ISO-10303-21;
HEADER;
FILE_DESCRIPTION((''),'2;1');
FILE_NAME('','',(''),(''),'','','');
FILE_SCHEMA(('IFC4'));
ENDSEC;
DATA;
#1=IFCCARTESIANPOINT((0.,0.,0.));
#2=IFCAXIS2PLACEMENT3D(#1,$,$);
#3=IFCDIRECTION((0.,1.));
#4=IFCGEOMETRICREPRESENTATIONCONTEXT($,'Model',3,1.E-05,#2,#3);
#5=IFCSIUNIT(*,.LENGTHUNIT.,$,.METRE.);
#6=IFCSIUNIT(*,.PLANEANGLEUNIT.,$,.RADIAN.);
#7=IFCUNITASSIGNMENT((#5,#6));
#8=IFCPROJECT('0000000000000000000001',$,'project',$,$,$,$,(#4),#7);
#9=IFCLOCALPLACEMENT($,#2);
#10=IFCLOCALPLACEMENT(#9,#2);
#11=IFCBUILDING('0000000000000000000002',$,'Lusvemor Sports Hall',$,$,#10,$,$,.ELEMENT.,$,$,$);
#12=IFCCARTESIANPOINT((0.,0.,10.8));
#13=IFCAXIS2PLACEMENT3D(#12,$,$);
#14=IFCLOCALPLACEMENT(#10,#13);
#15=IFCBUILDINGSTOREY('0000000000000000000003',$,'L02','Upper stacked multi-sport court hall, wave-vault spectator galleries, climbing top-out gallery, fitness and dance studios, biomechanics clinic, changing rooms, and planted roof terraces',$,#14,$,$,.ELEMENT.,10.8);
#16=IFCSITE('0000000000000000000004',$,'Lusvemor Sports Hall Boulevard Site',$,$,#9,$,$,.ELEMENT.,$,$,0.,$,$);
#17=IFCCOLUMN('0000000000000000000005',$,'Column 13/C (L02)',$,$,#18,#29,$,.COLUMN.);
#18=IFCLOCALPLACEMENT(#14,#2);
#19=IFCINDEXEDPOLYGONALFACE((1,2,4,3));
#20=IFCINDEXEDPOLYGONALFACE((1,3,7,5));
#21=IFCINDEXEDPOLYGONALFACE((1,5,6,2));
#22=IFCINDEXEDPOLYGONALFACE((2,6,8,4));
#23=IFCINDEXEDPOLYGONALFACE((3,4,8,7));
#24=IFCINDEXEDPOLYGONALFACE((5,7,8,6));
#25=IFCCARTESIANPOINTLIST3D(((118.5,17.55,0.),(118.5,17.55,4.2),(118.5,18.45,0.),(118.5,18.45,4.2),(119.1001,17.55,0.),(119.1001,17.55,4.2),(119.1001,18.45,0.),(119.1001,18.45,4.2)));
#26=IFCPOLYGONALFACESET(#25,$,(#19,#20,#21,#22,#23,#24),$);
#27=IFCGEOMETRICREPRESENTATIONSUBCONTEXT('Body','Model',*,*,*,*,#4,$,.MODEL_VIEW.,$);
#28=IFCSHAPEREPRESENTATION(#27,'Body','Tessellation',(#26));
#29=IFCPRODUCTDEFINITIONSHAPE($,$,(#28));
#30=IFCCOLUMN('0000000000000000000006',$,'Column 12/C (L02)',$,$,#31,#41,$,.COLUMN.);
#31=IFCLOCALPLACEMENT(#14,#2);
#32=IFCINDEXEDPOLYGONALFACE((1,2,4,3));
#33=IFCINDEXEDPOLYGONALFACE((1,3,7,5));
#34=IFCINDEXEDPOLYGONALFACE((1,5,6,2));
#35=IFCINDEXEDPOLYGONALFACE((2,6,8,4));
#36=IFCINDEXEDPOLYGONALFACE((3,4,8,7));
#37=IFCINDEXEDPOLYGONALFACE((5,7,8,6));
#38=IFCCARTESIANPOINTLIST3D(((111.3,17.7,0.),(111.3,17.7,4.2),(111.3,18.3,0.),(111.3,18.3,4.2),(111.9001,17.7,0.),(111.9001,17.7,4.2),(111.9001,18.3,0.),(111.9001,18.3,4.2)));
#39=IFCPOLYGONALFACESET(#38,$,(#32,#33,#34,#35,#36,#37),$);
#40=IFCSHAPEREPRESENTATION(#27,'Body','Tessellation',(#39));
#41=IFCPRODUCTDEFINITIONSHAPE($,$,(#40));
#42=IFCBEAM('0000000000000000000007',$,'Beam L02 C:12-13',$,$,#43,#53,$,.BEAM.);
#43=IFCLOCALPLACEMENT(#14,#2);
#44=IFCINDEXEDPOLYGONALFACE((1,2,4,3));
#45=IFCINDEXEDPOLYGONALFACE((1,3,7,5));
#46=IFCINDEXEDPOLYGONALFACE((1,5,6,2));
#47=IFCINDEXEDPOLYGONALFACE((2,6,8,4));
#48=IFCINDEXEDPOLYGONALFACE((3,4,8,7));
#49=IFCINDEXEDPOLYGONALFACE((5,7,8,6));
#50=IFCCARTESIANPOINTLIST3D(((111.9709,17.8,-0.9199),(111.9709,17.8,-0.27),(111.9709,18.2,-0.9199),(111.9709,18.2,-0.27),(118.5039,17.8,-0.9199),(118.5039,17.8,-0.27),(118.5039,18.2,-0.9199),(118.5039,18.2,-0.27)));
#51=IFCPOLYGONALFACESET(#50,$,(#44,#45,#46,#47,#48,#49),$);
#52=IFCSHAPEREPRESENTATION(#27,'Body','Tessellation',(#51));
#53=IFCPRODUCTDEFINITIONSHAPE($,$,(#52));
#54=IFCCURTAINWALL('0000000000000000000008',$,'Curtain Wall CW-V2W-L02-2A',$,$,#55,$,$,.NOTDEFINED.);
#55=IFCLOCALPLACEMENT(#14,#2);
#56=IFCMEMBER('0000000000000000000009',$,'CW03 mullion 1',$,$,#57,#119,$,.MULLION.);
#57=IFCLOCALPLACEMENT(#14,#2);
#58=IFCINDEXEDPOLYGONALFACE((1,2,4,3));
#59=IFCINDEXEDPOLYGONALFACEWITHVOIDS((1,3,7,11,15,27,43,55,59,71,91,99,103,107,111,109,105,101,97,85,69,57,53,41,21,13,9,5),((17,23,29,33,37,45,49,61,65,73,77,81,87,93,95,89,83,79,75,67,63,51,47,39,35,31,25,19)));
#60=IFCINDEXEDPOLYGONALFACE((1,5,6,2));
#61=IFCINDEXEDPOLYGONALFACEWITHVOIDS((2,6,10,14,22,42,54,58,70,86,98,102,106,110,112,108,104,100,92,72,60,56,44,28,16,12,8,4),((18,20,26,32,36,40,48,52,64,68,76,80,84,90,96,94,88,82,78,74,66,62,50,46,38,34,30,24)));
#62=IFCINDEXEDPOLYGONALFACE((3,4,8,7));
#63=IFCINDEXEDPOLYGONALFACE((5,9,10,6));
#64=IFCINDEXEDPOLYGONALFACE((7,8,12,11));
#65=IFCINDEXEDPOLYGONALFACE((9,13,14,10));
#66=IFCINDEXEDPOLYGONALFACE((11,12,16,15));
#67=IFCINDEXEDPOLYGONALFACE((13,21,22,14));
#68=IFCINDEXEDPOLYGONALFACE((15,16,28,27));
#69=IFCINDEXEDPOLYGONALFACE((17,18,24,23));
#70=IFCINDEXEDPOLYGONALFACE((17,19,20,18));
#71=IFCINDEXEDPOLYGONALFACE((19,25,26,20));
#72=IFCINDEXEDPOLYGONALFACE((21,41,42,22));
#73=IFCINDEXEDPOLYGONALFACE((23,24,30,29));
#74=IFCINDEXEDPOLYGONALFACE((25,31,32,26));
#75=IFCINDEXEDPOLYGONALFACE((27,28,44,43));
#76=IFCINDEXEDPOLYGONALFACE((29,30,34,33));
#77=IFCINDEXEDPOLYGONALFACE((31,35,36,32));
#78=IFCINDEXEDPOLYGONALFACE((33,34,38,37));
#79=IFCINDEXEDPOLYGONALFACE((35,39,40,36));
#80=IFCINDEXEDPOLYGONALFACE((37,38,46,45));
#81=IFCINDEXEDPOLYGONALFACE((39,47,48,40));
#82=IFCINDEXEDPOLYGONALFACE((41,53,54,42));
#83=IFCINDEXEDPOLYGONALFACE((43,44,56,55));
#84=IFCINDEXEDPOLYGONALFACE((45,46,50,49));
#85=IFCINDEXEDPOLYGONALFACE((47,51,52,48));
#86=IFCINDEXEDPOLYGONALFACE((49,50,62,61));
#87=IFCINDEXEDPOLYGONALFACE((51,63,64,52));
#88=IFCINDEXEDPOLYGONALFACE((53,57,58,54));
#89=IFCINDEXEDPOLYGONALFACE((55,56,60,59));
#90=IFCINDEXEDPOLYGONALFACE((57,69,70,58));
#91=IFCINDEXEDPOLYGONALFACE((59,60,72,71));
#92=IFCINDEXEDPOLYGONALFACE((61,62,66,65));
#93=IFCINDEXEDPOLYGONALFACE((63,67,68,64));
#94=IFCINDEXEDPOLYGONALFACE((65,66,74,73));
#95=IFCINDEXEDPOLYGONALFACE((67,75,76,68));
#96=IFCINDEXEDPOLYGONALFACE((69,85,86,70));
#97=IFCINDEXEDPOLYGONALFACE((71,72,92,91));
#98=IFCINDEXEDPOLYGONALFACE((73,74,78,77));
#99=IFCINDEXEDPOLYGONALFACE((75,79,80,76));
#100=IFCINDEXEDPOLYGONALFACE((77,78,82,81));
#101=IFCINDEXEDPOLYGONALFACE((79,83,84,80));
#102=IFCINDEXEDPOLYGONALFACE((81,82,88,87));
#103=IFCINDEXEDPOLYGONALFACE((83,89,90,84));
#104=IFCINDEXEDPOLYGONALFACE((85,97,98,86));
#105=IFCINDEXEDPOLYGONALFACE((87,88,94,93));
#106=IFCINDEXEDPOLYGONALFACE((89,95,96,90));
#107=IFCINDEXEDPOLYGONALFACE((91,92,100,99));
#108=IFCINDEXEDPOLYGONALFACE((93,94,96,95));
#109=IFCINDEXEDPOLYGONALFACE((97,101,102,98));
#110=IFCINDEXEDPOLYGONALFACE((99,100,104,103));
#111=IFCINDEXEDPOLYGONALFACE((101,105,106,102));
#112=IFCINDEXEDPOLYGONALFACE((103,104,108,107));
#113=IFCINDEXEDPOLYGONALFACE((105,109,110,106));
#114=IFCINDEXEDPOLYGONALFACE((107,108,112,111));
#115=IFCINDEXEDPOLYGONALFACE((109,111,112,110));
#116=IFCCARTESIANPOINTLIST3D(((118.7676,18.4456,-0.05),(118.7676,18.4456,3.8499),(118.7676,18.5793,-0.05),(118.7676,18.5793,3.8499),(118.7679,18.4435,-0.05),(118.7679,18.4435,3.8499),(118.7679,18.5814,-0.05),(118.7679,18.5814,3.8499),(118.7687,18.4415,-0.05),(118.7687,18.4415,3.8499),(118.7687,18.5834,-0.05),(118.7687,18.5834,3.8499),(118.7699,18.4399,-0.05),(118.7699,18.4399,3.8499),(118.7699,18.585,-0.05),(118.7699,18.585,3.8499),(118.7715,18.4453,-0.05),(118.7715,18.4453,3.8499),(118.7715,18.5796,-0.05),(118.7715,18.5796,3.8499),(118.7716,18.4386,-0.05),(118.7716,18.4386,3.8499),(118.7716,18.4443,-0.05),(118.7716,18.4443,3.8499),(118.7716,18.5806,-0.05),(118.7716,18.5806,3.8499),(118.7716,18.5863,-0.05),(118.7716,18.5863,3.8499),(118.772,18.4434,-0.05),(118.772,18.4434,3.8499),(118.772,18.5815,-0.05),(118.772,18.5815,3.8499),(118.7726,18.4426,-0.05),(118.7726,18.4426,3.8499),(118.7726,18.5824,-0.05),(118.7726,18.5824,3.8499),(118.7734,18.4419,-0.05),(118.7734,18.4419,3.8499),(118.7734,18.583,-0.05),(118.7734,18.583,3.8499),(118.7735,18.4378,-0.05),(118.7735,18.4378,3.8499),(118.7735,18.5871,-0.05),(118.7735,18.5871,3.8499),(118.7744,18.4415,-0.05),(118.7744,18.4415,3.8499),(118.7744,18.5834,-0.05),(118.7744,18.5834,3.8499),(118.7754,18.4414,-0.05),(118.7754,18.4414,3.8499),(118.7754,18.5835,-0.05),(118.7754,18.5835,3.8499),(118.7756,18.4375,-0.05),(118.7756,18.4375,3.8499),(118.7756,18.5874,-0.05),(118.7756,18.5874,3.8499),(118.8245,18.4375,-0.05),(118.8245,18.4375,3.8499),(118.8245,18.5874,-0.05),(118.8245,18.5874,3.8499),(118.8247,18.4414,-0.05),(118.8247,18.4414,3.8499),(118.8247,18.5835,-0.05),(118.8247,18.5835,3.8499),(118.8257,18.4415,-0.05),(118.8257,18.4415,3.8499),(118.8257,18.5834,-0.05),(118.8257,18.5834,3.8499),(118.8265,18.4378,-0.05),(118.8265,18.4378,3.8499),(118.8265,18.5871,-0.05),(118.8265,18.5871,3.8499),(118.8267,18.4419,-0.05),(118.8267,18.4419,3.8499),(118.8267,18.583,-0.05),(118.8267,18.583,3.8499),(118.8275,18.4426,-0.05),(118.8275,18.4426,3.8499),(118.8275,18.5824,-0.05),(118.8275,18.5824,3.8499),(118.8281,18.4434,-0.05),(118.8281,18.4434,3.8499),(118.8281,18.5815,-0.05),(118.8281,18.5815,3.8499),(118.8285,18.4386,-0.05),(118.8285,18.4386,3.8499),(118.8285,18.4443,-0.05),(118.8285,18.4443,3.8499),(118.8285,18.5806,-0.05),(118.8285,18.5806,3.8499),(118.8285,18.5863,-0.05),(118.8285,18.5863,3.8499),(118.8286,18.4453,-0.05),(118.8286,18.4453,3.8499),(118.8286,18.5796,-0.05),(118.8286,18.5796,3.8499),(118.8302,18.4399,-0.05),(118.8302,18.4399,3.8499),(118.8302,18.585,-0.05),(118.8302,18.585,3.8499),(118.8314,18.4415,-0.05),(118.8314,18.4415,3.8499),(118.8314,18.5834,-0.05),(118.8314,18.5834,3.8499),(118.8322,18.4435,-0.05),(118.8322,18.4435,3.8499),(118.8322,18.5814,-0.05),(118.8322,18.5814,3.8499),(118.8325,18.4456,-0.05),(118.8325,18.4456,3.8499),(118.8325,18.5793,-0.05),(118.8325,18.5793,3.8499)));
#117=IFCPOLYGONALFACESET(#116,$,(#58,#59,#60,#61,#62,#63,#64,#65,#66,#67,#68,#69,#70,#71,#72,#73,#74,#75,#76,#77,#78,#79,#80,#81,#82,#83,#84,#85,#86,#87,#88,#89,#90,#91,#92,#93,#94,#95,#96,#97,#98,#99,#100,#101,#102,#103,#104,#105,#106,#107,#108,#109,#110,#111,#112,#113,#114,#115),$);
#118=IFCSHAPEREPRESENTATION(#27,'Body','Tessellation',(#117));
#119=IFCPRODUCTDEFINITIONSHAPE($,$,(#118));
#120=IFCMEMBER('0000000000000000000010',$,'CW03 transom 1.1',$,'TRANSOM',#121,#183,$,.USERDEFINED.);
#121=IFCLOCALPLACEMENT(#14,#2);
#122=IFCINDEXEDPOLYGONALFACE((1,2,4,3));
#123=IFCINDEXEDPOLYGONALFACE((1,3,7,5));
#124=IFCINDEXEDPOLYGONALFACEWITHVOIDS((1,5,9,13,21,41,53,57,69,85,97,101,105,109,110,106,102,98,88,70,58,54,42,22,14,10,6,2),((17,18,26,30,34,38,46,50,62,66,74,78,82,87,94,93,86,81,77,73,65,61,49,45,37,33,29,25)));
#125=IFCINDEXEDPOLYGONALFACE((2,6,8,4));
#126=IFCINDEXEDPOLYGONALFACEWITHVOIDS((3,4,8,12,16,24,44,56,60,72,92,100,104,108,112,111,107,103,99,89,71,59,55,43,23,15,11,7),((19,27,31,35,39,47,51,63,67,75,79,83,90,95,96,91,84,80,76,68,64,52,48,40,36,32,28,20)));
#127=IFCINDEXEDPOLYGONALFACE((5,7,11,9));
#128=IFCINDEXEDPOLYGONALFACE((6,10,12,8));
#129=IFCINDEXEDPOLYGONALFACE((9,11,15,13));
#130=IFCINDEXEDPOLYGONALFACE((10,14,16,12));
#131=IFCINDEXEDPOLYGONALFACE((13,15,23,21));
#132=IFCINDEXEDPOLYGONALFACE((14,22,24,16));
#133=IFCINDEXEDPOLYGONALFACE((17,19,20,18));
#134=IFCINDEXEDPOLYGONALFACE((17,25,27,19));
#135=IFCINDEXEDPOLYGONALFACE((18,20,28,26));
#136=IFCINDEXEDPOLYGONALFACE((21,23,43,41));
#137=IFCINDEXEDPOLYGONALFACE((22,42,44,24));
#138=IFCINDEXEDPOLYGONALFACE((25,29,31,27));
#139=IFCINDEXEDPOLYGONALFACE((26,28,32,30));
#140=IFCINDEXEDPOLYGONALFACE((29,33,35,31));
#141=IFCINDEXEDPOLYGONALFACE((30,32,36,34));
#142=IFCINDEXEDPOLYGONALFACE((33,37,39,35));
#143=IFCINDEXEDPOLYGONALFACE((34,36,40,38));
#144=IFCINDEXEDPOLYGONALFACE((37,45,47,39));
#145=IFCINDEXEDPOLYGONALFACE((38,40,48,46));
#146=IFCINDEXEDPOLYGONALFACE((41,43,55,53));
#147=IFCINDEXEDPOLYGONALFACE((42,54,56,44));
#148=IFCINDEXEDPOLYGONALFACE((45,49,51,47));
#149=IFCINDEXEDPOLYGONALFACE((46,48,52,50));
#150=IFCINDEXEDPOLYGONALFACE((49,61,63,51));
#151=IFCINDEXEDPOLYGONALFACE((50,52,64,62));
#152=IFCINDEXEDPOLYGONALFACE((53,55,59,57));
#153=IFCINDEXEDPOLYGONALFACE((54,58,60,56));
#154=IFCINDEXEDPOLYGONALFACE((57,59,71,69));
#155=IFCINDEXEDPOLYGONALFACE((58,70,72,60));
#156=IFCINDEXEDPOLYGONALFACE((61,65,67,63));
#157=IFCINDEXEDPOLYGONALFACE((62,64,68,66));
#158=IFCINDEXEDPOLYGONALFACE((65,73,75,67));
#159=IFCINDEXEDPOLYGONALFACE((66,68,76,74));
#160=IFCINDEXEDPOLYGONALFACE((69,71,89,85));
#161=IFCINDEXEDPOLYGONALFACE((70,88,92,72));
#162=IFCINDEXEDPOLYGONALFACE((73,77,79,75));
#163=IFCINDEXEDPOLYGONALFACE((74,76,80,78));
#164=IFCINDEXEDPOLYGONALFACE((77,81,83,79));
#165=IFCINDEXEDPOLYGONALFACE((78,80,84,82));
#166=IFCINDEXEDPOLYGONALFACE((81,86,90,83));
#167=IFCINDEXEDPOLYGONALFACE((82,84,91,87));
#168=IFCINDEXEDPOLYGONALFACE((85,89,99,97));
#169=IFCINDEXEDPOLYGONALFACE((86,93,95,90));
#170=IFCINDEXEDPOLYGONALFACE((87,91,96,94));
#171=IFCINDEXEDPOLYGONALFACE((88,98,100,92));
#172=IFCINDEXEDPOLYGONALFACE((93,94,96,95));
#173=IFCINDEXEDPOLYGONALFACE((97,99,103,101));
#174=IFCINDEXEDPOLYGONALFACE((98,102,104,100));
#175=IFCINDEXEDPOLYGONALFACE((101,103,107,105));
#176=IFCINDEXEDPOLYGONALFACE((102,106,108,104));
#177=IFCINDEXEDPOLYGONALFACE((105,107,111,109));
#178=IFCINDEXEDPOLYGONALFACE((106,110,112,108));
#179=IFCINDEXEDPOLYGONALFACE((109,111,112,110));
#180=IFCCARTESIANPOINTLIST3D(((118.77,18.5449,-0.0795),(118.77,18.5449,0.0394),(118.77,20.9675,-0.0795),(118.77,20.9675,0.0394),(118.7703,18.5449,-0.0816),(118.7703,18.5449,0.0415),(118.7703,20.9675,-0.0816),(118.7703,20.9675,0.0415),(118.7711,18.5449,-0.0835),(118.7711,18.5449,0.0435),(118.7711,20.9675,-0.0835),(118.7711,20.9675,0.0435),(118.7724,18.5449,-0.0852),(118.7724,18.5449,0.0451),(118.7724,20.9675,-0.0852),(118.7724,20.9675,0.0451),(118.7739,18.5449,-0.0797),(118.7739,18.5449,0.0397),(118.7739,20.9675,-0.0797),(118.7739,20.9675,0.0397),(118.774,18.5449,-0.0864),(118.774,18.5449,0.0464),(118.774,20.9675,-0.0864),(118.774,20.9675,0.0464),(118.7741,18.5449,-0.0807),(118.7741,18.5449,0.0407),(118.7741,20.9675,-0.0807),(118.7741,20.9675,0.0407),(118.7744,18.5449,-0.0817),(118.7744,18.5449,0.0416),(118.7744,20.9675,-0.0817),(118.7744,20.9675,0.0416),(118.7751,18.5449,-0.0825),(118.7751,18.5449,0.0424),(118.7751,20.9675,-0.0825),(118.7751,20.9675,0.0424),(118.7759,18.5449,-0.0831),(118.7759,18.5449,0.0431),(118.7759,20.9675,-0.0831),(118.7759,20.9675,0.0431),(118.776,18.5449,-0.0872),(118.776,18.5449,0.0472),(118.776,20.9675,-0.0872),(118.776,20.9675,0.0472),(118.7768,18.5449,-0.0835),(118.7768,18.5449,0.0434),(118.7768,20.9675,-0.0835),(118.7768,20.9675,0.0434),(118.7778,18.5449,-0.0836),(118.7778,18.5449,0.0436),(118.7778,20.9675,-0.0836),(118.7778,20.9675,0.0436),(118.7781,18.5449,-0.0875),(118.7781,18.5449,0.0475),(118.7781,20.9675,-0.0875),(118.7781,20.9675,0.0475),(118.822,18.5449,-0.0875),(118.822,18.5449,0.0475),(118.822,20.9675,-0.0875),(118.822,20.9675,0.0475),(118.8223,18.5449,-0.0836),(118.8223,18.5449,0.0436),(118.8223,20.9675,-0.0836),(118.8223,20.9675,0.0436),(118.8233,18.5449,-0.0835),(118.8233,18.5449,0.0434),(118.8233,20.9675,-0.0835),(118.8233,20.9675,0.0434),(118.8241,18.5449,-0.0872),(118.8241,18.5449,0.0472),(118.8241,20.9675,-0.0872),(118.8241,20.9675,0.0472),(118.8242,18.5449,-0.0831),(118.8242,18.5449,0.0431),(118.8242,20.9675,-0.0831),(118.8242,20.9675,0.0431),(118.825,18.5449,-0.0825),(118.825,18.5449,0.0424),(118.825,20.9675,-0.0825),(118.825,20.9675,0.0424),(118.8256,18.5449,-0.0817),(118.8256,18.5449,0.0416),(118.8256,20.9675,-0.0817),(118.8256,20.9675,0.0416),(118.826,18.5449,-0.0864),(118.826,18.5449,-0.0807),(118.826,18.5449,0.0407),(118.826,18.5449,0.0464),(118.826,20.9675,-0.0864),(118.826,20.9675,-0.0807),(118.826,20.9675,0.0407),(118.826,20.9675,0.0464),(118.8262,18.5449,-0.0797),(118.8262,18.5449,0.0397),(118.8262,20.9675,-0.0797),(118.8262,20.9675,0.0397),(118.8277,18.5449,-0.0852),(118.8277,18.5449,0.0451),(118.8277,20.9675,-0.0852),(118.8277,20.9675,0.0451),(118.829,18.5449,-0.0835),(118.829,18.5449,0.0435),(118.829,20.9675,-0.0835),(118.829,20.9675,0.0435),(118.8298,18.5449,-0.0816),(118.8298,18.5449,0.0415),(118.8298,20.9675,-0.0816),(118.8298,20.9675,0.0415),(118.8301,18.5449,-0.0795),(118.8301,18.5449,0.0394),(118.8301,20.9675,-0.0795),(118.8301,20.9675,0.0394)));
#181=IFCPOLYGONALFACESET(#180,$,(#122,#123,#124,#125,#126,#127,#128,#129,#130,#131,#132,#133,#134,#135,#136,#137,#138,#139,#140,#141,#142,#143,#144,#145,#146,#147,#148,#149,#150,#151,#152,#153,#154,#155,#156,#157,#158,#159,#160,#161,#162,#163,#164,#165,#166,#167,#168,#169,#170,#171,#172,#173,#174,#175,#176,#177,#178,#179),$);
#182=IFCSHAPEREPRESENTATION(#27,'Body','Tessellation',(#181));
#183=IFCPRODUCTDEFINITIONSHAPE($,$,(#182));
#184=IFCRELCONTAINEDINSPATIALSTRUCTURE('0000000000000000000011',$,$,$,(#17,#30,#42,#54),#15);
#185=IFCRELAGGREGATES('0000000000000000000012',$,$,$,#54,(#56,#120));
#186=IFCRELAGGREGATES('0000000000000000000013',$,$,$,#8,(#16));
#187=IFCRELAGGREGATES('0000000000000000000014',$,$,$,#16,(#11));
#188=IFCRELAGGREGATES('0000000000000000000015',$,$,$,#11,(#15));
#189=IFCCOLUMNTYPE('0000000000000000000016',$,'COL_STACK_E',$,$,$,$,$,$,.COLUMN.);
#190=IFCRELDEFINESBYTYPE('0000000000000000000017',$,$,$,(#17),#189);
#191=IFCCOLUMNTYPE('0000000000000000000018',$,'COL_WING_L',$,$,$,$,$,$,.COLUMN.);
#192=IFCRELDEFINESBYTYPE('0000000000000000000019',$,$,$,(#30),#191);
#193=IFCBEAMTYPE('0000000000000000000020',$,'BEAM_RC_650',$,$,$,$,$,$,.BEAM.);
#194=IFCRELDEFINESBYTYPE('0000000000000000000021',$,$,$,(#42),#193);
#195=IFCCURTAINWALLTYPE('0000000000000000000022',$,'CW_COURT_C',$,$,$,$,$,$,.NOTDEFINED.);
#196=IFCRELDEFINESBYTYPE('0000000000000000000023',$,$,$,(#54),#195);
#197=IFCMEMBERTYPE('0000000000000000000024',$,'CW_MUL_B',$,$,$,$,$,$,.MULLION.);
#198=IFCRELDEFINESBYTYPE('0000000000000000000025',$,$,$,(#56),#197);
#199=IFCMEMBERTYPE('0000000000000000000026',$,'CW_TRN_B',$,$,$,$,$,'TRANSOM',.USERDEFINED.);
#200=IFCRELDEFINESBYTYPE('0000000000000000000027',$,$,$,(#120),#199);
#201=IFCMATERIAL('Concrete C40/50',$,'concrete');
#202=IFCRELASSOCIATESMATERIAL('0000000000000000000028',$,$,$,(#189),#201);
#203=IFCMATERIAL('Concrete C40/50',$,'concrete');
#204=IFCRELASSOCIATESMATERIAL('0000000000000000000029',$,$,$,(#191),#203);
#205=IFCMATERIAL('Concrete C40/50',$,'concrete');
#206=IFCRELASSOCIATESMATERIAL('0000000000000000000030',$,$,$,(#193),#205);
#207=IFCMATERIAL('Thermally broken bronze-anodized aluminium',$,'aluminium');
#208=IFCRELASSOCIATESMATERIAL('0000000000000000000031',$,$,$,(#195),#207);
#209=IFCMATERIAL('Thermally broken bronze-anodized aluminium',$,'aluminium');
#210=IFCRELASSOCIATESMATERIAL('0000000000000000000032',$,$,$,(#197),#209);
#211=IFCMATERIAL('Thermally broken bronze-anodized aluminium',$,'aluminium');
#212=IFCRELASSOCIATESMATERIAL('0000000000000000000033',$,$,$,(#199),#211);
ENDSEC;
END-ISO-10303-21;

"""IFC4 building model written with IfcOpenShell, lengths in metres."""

from ifc_helpers import new_model, si_unit, direction, frame, origin, origin_2d, place, context, subcontext, project, spatial, rectangle, hollow_rectangle, extrude, material, material_profile, profile_set, type_object, element, aggregate, save


model = new_model("IFC4")

# Units and contexts
model_context = context("Model", 3, precision=1e-05, world=origin(), true_north=direction((0.0, 1.0)))
body_context = subcontext(model_context, "Body", "Model", "MODEL_VIEW")
ifc_project = project(units=[si_unit("LENGTHUNIT", "METRE"), si_unit("PLANEANGLEUNIT", "RADIAN")], contexts=[model_context])

# Site, building, storey
site_placement = place(None, origin())
site = spatial("IfcSite", under=ifc_project, at=site_placement, Name="Lusvemor Sports Hall Boulevard Site", CompositionType="ELEMENT", RefElevation=0.0)
building_placement = place(site_placement, origin())
building = spatial("IfcBuilding", under=site, at=building_placement, Name="Lusvemor Sports Hall", CompositionType="ELEMENT")
storey_placement = place(building_placement, frame((0.0, 0.0, 10.8)))
storey = spatial("IfcBuildingStorey", under=building, at=storey_placement, Name="L02", Description="Upper stacked multi-sport court hall, wave-vault spectator galleries, climbing top-out gallery, fitness and dance studios, biomechanics clinic, changing rooms, and planted roof terraces", CompositionType="ELEMENT", Elevation=10.8)

# Columns
ifc_material_1 = material(Name="Concrete C40/50", Category="concrete")
ifc_material_profile_1 = material_profile(ifc_material_1, rectangle(XDim=0.6001, YDim=0.8999, at=origin_2d()), Name="RC600x900")
ifc_profile_set_1 = profile_set([ifc_material_profile_1], Name="Concrete C40/50")
column_type_1 = type_object("IfcColumnType", Name="COL_STACK_E", PredefinedType="COLUMN", material=ifc_profile_set_1)
column_1_placement = place(storey_placement, frame((118.8, 18.0, 0.0), z_axis=(0.0, 0.0, 1.0), x_axis=(1.0, 0.0, 0.0)))
element("IfcColumn", 1, at=column_1_placement, inside=storey, type_object=column_type_1, Name="Column 13/C (L02)", PredefinedType="COLUMN", context=body_context, shape_type="SweptSolid", body=[
    extrude(rectangle(XDim=0.6001, YDim=0.8999, at=origin_2d()), origin(), (0.0, 0.0, 1.0), 4.2),
])
ifc_material_2 = material(Name="Concrete C40/50", Category="concrete")
ifc_material_profile_2 = material_profile(ifc_material_2, rectangle(XDim=0.6001, YDim=0.6001, at=origin_2d()), Name="RC600x600")
ifc_profile_set_2 = profile_set([ifc_material_profile_2], Name="Concrete C40/50")
column_type_2 = type_object("IfcColumnType", Name="COL_WING_L", PredefinedType="COLUMN", material=ifc_profile_set_2)
column_2_placement = place(storey_placement, frame((111.6001, 18.0, 0.0), z_axis=(0.0, 0.0, 1.0), x_axis=(1.0, 0.0, 0.0)))
element("IfcColumn", 2, at=column_2_placement, inside=storey, type_object=column_type_2, Name="Column 12/C (L02)", PredefinedType="COLUMN", context=body_context, shape_type="SweptSolid", body=[
    extrude(rectangle(XDim=0.6001, YDim=0.6001, at=origin_2d()), origin(), (0.0, 0.0, 1.0), 4.2),
])

# Beam
ifc_material_3 = material(Name="Concrete C40/50", Category="concrete")
ifc_material_profile_3 = material_profile(ifc_material_3, rectangle(XDim=0.3999, YDim=0.6499, at=origin_2d()), Name="RC400x650")
ifc_profile_set_3 = profile_set([ifc_material_profile_3], Name="Concrete C40/50")
beam_type_1 = type_object("IfcBeamType", Name="BEAM_RC_650", PredefinedType="BEAM", material=ifc_profile_set_3)
beam_1_placement = place(storey_placement, frame((111.9709, 18.0, -0.595), z_axis=(1.0, 0.0, 0.0), x_axis=(0.0, 1.0, 0.0)))
element("IfcBeam", 3, at=beam_1_placement, inside=storey, type_object=beam_type_1, Name="Beam L02 C:12-13", PredefinedType="BEAM", context=body_context, shape_type="SweptSolid", body=[
    extrude(rectangle(XDim=0.3999, YDim=0.6499, at=origin_2d()), origin(), (0.0, 0.0, 1.0), 6.533),
])

# Curtain wall, members
ifc_material_4 = material(Name="Thermally broken bronze-anodized aluminium", Category="aluminium")
curtain_wall_type = type_object("IfcCurtainWallType", Name="CW_COURT_C", PredefinedType="NOTDEFINED", material=ifc_material_4)
curtain_wall_placement = place(storey_placement, origin())
curtain_wall = element("IfcCurtainWall", 4, at=curtain_wall_placement, inside=storey, type_object=curtain_wall_type, Name="Curtain Wall CW-V2W-L02-2A", PredefinedType="NOTDEFINED")
ifc_material_5 = material(Name="Thermally broken bronze-anodized aluminium", Category="aluminium")
ifc_material_profile_4 = material_profile(ifc_material_5, hollow_rectangle(XDim=0.0649, YDim=0.1499, WallThickness=0.0039, InnerFilletRadius=0.0039, OuterFilletRadius=0.0081, at=origin_2d()), Name="CWMUL150x65x4")
ifc_profile_set_4 = profile_set([ifc_material_profile_4], Name="Thermally broken bronze-anodized aluminium")
member_type_1 = type_object("IfcMemberType", Name="CW_MUL_B", PredefinedType="MULLION", material=ifc_profile_set_4)
member_1_placement = place(storey_placement, frame((118.8, 18.5125, -0.05), z_axis=(0.0, 0.0, 1.0), x_axis=(-1.0, 0.0, 0.0)))
member_1 = element("IfcMember", 5, at=member_1_placement, type_object=member_type_1, Name="CW03 mullion 1", PredefinedType="MULLION", context=body_context, shape_type="SweptSolid", body=[
    extrude(hollow_rectangle(XDim=0.0649, YDim=0.1499, WallThickness=0.0039, InnerFilletRadius=0.0039, OuterFilletRadius=0.0081, at=origin_2d()), origin(), (0.0, 0.0, 1.0), 3.8999),
])
ifc_material_6 = material(Name="Thermally broken bronze-anodized aluminium", Category="aluminium")
ifc_material_profile_5 = material_profile(ifc_material_6, hollow_rectangle(XDim=0.0601, YDim=0.135, WallThickness=0.0039, InnerFilletRadius=0.0039, OuterFilletRadius=0.0081, at=origin_2d()), Name="CWTRN135x60x4")
ifc_profile_set_5 = profile_set([ifc_material_profile_5], Name="Thermally broken bronze-anodized aluminium")
member_type_2 = type_object("IfcMemberType", Name="CW_TRN_B", ElementType="TRANSOM", PredefinedType="USERDEFINED", material=ifc_profile_set_5)
member_2_placement = place(storey_placement, frame((118.8, 18.5449, -0.02), z_axis=(0.0, 1.0, 0.0), x_axis=(-1.0, 0.0, 0.0)))
member_2 = element("IfcMember", 6, at=member_2_placement, type_object=member_type_2, Name="CW03 transom 1.1", ObjectType="TRANSOM", PredefinedType="USERDEFINED", context=body_context, shape_type="SweptSolid", body=[
    extrude(hollow_rectangle(XDim=0.0601, YDim=0.135, WallThickness=0.0039, InnerFilletRadius=0.0039, OuterFilletRadius=0.0081, at=origin_2d()), origin(), (0.0, 0.0, 1.0), 2.4226),
])
aggregate(curtain_wall, [member_1, member_2])

save(model, "model.ifc")
